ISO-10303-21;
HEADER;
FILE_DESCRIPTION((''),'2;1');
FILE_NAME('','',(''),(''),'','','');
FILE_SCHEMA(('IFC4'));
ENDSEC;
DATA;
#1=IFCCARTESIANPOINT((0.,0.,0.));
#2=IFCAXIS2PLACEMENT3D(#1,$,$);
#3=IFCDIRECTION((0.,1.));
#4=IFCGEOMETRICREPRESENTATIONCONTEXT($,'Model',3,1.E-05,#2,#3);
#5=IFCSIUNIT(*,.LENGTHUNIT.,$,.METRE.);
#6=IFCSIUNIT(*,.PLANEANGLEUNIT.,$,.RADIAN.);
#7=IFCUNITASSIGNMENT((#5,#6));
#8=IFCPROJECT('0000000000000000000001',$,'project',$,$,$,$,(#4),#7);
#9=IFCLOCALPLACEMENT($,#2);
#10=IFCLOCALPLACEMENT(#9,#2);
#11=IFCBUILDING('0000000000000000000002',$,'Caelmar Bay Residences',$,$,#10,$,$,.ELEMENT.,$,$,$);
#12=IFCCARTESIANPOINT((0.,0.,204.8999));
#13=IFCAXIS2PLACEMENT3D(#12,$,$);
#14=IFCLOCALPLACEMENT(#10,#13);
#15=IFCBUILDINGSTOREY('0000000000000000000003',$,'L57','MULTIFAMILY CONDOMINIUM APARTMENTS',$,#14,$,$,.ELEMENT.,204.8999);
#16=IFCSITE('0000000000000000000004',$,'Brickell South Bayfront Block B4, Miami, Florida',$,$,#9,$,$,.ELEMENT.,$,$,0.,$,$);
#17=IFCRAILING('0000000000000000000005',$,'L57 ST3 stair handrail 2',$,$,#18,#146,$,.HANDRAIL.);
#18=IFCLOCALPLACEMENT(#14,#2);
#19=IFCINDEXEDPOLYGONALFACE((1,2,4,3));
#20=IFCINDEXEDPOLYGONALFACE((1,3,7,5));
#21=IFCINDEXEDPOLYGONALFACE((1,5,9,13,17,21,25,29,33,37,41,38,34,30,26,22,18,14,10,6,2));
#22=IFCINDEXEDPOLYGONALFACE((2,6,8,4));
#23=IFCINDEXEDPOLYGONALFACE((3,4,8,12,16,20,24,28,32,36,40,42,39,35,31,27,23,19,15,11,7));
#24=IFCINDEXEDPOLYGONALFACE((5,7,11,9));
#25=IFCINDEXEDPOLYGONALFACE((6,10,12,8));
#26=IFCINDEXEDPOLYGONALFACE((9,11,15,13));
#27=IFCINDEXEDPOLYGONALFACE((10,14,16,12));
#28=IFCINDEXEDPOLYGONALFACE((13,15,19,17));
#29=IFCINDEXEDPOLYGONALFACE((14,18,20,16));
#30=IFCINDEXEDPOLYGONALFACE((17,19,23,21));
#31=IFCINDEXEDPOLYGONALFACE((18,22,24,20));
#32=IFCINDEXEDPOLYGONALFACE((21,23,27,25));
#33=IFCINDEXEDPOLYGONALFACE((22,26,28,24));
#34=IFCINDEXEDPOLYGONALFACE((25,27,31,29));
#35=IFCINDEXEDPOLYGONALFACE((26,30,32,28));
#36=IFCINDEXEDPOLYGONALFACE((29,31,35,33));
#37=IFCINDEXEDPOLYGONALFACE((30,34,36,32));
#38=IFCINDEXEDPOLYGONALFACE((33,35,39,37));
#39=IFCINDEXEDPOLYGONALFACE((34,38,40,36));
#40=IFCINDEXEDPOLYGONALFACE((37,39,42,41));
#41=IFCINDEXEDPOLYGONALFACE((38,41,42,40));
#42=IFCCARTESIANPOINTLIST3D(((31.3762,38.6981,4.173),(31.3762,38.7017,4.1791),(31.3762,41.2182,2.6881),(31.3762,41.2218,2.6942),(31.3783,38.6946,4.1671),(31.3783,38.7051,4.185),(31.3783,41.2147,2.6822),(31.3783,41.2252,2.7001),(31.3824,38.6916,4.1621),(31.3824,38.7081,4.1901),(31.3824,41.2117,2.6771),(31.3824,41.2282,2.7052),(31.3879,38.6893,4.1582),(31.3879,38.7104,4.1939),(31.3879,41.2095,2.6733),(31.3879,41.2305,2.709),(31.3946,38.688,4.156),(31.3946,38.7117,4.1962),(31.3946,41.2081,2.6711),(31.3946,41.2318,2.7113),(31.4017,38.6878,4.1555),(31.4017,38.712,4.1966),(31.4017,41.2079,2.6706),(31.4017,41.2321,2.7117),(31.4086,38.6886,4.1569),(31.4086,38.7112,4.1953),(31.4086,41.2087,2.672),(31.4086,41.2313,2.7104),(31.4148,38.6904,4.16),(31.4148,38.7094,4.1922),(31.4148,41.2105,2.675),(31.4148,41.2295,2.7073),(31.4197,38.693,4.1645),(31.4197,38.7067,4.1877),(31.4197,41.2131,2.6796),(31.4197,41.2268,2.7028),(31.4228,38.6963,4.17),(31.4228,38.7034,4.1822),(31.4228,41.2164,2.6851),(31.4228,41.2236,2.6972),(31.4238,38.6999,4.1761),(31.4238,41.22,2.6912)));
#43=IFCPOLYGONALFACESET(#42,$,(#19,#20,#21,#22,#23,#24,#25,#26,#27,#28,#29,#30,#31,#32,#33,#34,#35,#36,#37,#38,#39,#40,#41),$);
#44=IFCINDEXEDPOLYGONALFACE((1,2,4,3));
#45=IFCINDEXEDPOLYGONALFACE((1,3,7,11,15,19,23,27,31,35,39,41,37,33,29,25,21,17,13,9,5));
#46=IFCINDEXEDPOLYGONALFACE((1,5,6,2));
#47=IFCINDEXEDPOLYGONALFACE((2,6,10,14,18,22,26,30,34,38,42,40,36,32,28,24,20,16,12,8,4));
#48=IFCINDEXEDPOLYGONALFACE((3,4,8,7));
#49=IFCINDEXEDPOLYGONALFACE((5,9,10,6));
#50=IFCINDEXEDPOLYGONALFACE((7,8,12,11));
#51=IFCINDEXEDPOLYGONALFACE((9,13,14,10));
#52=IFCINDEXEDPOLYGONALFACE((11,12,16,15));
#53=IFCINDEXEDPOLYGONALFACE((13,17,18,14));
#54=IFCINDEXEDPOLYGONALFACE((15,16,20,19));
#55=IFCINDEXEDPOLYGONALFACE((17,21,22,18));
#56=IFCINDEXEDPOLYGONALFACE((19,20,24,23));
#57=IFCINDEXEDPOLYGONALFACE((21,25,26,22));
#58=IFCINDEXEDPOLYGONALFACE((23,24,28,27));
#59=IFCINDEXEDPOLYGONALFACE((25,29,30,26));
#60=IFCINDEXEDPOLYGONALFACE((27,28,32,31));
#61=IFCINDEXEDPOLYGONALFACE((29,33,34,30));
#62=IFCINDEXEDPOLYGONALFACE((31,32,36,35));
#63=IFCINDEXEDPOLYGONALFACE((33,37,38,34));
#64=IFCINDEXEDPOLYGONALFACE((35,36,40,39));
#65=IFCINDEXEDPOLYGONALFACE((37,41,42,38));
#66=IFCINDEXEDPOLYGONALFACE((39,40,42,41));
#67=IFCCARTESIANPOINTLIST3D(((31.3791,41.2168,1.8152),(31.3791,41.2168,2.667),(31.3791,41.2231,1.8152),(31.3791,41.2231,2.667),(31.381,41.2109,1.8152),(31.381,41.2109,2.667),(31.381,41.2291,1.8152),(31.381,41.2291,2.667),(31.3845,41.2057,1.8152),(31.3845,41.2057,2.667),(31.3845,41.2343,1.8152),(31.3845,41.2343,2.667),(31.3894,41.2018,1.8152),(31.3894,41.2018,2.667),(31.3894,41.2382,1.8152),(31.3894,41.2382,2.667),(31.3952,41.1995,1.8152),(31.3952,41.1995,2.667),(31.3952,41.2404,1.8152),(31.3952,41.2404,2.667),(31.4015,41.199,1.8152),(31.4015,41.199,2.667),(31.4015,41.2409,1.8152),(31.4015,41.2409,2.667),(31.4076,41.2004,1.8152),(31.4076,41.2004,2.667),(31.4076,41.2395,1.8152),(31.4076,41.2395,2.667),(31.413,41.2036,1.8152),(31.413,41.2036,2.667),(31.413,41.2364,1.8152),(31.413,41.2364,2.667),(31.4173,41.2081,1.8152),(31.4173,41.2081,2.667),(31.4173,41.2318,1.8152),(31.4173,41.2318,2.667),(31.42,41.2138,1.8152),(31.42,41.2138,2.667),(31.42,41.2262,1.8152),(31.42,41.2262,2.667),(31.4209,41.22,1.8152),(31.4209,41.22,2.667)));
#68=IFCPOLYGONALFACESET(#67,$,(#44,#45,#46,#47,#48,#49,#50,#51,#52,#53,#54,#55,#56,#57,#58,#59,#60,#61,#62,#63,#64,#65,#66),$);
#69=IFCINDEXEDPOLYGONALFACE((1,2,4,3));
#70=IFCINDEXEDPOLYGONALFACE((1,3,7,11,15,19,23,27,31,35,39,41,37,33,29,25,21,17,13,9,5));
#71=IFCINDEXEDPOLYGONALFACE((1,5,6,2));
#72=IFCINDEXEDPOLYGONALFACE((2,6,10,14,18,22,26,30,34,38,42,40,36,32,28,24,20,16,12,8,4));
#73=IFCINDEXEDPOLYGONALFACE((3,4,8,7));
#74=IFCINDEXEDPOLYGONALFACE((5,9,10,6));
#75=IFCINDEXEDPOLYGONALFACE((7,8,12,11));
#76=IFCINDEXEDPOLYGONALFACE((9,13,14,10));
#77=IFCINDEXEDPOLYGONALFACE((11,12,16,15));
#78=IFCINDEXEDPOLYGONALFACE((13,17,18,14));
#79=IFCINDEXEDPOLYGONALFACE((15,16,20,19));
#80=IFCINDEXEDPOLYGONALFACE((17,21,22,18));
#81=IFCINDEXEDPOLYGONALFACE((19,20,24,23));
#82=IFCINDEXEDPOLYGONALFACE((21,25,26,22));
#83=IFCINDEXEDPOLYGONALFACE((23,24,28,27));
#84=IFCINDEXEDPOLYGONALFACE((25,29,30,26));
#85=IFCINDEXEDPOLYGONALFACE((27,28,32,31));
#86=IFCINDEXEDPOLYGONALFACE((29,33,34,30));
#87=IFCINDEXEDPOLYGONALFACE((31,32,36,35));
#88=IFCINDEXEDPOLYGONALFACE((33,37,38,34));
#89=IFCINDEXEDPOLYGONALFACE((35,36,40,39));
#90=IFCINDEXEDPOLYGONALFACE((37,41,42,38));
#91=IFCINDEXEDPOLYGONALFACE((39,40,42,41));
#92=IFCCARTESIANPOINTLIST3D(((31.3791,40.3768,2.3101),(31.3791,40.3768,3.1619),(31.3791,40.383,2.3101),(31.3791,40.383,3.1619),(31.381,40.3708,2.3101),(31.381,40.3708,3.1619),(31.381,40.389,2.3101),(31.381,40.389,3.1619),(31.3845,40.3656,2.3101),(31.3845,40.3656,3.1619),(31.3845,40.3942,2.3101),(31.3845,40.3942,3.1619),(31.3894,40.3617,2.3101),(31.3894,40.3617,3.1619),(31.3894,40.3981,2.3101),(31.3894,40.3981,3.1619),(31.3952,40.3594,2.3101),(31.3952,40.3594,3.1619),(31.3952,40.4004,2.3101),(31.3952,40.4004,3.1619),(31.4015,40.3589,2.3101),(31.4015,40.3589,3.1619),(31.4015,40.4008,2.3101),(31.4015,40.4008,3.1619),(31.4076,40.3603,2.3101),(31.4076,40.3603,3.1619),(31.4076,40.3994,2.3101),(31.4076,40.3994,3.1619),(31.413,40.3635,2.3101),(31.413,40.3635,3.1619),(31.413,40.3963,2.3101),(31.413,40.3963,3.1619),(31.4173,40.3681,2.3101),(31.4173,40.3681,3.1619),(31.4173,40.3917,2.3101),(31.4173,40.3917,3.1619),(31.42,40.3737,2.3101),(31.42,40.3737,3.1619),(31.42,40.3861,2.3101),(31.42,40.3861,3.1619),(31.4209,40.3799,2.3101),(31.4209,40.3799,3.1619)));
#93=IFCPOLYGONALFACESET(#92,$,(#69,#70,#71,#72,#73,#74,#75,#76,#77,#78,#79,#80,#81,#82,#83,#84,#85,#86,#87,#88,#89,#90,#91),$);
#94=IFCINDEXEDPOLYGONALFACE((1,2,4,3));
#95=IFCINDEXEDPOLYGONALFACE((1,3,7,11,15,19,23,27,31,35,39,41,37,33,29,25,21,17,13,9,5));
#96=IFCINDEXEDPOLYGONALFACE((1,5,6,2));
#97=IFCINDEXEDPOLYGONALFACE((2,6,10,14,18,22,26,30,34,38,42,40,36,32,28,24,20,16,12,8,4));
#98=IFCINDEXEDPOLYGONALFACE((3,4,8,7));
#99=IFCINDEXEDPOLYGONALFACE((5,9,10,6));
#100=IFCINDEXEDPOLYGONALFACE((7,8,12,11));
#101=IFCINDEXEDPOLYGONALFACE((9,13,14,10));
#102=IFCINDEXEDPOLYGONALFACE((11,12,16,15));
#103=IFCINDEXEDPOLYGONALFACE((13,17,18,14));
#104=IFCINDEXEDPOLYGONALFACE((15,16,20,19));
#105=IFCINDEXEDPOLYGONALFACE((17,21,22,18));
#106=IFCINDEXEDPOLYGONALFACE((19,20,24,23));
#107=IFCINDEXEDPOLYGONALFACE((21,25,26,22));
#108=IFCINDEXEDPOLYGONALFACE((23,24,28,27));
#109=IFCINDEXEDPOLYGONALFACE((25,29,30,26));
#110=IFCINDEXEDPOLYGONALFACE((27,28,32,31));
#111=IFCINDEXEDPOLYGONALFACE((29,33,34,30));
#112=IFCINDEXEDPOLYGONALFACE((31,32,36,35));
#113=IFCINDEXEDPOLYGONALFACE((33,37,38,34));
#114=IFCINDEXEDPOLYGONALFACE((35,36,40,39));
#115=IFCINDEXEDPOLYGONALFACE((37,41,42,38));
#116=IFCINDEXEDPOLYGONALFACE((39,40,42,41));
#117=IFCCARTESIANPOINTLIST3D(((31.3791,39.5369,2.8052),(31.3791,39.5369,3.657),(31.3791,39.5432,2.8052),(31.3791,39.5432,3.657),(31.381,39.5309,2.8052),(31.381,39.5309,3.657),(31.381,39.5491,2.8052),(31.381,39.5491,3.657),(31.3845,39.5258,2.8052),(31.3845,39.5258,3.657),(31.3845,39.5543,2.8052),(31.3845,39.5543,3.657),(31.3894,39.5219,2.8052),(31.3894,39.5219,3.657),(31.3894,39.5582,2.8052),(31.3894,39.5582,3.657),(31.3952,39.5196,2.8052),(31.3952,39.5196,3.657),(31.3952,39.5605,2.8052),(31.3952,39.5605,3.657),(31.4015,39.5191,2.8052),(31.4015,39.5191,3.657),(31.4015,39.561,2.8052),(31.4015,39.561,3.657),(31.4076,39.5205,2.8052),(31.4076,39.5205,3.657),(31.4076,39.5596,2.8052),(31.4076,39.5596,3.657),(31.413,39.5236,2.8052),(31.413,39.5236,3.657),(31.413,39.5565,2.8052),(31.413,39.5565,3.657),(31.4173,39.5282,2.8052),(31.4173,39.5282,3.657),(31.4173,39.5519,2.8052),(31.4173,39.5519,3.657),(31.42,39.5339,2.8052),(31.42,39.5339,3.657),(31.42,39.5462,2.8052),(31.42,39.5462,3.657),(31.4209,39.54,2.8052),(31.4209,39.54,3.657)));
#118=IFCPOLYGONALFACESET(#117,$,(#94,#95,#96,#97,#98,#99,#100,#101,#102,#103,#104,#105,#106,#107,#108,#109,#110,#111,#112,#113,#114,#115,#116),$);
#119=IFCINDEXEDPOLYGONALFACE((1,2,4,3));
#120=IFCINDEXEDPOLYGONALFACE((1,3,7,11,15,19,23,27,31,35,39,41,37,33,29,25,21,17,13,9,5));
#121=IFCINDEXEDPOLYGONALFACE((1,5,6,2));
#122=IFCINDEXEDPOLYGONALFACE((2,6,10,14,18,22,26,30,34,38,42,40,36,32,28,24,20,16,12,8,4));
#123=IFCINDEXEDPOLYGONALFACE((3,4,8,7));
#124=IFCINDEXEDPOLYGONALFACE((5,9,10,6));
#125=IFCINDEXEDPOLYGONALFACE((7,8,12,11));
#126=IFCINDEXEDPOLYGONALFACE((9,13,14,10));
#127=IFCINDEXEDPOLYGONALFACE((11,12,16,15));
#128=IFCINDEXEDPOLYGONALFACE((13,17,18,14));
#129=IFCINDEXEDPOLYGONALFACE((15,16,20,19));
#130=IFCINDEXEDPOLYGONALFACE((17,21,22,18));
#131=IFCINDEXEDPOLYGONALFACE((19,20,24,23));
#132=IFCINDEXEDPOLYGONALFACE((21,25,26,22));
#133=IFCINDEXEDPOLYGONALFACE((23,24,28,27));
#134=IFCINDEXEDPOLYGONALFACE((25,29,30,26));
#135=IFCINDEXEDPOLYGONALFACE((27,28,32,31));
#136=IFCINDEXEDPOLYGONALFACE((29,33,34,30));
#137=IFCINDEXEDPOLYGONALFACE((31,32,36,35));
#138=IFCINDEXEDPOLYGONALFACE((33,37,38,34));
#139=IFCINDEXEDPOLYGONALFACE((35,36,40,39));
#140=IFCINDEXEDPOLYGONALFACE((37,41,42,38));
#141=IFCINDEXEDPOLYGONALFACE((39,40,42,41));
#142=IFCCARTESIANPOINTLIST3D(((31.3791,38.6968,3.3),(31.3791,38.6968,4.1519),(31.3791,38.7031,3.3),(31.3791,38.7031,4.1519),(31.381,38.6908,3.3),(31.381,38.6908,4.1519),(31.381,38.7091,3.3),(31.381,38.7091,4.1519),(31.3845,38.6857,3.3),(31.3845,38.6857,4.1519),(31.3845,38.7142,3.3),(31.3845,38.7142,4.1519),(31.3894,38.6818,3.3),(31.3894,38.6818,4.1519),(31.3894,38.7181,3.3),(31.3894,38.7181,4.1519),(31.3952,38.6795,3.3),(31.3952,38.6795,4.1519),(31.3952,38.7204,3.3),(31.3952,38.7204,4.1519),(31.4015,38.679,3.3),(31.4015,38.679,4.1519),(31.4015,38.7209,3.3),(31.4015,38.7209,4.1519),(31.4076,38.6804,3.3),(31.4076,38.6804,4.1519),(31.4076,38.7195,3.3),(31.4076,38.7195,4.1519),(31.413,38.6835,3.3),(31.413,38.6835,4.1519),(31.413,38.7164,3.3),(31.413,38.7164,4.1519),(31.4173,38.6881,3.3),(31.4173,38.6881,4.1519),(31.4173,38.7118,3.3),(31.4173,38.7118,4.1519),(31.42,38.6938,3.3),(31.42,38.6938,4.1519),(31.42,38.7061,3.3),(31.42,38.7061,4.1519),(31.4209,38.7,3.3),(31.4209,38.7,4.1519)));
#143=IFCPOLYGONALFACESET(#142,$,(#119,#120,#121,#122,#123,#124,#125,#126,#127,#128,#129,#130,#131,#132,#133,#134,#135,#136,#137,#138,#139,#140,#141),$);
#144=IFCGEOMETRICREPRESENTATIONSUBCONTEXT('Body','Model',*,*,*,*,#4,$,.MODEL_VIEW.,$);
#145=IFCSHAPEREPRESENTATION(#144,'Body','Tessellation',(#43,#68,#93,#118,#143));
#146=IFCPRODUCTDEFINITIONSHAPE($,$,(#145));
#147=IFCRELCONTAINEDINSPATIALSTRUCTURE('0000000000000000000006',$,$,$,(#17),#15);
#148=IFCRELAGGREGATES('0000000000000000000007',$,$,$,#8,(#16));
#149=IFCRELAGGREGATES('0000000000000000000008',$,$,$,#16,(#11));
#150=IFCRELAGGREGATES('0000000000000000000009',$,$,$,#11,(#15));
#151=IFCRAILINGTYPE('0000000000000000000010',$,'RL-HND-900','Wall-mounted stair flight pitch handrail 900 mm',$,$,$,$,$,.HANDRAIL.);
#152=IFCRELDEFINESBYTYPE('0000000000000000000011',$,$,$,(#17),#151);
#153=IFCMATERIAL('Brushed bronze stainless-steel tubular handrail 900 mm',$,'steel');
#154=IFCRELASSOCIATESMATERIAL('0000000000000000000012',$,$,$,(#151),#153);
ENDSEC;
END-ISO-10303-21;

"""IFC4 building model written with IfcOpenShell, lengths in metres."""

from ifc_helpers import new_model, si_unit, direction, frame, origin, origin_2d, place, context, subcontext, project, spatial, circle, extrude, material, type_object, element, save


model = new_model("IFC4")

# Units and contexts
model_context = context("Model", 3, precision=1e-05, world=origin(), true_north=direction((0.0, 1.0)))
body_context = subcontext(model_context, "Body", "Model", "MODEL_VIEW")
ifc_project = project(units=[si_unit("LENGTHUNIT", "METRE"), si_unit("PLANEANGLEUNIT", "RADIAN")], contexts=[model_context])

# Site, building, storey
site_placement = place(None, origin())
site = spatial("IfcSite", under=ifc_project, at=site_placement, Name="Brickell South Bayfront Block B4, Miami, Florida", CompositionType="ELEMENT", RefElevation=0.0)
building_placement = place(site_placement, origin())
building = spatial("IfcBuilding", under=site, at=building_placement, Name="Caelmar Bay Residences", CompositionType="ELEMENT")
storey_placement = place(building_placement, frame((0.0, 0.0, 204.8999)))
storey = spatial("IfcBuildingStorey", under=building, at=storey_placement, Name="L57", Description="MULTIFAMILY CONDOMINIUM APARTMENTS", CompositionType="ELEMENT", Elevation=204.8999)

# Railing
ifc_material_1 = material(Name="Brushed bronze stainless-steel tubular handrail 900 mm", Category="steel")
railing_type_1 = type_object("IfcRailingType", Name="RL-HND-900", Description="Wall-mounted stair flight pitch handrail 900 mm", PredefinedType="HANDRAIL", material=ifc_material_1)
railing_1_placement = place(storey_placement, frame((31.3999, 41.22, 1.8152)))
element("IfcRailing", 1, at=railing_1_placement, inside=storey, type_object=railing_type_1, Name="L57 ST3 stair handrail 2", PredefinedType="HANDRAIL", context=body_context, shape_type="SweptSolid", body=[
    extrude(circle(Radius=0.0239, at=origin_2d()), frame((0.0, 0.0, 0.876), z_axis=(0.0, -0.861561, 0.507655), x_axis=(1.0, 0.0, 0.0)), (0.0, 0.0, 1.0), 2.925),
    extrude(circle(Radius=0.021, at=origin_2d()), origin(), (0.0, 0.0, 1.0), 0.8518),
    extrude(circle(Radius=0.021, at=origin_2d()), frame((0.0, -0.8401, 0.4949)), (0.0, 0.0, 1.0), 0.8518),
    extrude(circle(Radius=0.021, at=origin_2d()), frame((0.0, -1.6799, 0.99)), (0.0, 0.0, 1.0), 0.8518),
    extrude(circle(Radius=0.021, at=origin_2d()), frame((0.0, -2.52, 1.4849)), (0.0, 0.0, 1.0), 0.8518),
])

save(model, "model.ifc")
